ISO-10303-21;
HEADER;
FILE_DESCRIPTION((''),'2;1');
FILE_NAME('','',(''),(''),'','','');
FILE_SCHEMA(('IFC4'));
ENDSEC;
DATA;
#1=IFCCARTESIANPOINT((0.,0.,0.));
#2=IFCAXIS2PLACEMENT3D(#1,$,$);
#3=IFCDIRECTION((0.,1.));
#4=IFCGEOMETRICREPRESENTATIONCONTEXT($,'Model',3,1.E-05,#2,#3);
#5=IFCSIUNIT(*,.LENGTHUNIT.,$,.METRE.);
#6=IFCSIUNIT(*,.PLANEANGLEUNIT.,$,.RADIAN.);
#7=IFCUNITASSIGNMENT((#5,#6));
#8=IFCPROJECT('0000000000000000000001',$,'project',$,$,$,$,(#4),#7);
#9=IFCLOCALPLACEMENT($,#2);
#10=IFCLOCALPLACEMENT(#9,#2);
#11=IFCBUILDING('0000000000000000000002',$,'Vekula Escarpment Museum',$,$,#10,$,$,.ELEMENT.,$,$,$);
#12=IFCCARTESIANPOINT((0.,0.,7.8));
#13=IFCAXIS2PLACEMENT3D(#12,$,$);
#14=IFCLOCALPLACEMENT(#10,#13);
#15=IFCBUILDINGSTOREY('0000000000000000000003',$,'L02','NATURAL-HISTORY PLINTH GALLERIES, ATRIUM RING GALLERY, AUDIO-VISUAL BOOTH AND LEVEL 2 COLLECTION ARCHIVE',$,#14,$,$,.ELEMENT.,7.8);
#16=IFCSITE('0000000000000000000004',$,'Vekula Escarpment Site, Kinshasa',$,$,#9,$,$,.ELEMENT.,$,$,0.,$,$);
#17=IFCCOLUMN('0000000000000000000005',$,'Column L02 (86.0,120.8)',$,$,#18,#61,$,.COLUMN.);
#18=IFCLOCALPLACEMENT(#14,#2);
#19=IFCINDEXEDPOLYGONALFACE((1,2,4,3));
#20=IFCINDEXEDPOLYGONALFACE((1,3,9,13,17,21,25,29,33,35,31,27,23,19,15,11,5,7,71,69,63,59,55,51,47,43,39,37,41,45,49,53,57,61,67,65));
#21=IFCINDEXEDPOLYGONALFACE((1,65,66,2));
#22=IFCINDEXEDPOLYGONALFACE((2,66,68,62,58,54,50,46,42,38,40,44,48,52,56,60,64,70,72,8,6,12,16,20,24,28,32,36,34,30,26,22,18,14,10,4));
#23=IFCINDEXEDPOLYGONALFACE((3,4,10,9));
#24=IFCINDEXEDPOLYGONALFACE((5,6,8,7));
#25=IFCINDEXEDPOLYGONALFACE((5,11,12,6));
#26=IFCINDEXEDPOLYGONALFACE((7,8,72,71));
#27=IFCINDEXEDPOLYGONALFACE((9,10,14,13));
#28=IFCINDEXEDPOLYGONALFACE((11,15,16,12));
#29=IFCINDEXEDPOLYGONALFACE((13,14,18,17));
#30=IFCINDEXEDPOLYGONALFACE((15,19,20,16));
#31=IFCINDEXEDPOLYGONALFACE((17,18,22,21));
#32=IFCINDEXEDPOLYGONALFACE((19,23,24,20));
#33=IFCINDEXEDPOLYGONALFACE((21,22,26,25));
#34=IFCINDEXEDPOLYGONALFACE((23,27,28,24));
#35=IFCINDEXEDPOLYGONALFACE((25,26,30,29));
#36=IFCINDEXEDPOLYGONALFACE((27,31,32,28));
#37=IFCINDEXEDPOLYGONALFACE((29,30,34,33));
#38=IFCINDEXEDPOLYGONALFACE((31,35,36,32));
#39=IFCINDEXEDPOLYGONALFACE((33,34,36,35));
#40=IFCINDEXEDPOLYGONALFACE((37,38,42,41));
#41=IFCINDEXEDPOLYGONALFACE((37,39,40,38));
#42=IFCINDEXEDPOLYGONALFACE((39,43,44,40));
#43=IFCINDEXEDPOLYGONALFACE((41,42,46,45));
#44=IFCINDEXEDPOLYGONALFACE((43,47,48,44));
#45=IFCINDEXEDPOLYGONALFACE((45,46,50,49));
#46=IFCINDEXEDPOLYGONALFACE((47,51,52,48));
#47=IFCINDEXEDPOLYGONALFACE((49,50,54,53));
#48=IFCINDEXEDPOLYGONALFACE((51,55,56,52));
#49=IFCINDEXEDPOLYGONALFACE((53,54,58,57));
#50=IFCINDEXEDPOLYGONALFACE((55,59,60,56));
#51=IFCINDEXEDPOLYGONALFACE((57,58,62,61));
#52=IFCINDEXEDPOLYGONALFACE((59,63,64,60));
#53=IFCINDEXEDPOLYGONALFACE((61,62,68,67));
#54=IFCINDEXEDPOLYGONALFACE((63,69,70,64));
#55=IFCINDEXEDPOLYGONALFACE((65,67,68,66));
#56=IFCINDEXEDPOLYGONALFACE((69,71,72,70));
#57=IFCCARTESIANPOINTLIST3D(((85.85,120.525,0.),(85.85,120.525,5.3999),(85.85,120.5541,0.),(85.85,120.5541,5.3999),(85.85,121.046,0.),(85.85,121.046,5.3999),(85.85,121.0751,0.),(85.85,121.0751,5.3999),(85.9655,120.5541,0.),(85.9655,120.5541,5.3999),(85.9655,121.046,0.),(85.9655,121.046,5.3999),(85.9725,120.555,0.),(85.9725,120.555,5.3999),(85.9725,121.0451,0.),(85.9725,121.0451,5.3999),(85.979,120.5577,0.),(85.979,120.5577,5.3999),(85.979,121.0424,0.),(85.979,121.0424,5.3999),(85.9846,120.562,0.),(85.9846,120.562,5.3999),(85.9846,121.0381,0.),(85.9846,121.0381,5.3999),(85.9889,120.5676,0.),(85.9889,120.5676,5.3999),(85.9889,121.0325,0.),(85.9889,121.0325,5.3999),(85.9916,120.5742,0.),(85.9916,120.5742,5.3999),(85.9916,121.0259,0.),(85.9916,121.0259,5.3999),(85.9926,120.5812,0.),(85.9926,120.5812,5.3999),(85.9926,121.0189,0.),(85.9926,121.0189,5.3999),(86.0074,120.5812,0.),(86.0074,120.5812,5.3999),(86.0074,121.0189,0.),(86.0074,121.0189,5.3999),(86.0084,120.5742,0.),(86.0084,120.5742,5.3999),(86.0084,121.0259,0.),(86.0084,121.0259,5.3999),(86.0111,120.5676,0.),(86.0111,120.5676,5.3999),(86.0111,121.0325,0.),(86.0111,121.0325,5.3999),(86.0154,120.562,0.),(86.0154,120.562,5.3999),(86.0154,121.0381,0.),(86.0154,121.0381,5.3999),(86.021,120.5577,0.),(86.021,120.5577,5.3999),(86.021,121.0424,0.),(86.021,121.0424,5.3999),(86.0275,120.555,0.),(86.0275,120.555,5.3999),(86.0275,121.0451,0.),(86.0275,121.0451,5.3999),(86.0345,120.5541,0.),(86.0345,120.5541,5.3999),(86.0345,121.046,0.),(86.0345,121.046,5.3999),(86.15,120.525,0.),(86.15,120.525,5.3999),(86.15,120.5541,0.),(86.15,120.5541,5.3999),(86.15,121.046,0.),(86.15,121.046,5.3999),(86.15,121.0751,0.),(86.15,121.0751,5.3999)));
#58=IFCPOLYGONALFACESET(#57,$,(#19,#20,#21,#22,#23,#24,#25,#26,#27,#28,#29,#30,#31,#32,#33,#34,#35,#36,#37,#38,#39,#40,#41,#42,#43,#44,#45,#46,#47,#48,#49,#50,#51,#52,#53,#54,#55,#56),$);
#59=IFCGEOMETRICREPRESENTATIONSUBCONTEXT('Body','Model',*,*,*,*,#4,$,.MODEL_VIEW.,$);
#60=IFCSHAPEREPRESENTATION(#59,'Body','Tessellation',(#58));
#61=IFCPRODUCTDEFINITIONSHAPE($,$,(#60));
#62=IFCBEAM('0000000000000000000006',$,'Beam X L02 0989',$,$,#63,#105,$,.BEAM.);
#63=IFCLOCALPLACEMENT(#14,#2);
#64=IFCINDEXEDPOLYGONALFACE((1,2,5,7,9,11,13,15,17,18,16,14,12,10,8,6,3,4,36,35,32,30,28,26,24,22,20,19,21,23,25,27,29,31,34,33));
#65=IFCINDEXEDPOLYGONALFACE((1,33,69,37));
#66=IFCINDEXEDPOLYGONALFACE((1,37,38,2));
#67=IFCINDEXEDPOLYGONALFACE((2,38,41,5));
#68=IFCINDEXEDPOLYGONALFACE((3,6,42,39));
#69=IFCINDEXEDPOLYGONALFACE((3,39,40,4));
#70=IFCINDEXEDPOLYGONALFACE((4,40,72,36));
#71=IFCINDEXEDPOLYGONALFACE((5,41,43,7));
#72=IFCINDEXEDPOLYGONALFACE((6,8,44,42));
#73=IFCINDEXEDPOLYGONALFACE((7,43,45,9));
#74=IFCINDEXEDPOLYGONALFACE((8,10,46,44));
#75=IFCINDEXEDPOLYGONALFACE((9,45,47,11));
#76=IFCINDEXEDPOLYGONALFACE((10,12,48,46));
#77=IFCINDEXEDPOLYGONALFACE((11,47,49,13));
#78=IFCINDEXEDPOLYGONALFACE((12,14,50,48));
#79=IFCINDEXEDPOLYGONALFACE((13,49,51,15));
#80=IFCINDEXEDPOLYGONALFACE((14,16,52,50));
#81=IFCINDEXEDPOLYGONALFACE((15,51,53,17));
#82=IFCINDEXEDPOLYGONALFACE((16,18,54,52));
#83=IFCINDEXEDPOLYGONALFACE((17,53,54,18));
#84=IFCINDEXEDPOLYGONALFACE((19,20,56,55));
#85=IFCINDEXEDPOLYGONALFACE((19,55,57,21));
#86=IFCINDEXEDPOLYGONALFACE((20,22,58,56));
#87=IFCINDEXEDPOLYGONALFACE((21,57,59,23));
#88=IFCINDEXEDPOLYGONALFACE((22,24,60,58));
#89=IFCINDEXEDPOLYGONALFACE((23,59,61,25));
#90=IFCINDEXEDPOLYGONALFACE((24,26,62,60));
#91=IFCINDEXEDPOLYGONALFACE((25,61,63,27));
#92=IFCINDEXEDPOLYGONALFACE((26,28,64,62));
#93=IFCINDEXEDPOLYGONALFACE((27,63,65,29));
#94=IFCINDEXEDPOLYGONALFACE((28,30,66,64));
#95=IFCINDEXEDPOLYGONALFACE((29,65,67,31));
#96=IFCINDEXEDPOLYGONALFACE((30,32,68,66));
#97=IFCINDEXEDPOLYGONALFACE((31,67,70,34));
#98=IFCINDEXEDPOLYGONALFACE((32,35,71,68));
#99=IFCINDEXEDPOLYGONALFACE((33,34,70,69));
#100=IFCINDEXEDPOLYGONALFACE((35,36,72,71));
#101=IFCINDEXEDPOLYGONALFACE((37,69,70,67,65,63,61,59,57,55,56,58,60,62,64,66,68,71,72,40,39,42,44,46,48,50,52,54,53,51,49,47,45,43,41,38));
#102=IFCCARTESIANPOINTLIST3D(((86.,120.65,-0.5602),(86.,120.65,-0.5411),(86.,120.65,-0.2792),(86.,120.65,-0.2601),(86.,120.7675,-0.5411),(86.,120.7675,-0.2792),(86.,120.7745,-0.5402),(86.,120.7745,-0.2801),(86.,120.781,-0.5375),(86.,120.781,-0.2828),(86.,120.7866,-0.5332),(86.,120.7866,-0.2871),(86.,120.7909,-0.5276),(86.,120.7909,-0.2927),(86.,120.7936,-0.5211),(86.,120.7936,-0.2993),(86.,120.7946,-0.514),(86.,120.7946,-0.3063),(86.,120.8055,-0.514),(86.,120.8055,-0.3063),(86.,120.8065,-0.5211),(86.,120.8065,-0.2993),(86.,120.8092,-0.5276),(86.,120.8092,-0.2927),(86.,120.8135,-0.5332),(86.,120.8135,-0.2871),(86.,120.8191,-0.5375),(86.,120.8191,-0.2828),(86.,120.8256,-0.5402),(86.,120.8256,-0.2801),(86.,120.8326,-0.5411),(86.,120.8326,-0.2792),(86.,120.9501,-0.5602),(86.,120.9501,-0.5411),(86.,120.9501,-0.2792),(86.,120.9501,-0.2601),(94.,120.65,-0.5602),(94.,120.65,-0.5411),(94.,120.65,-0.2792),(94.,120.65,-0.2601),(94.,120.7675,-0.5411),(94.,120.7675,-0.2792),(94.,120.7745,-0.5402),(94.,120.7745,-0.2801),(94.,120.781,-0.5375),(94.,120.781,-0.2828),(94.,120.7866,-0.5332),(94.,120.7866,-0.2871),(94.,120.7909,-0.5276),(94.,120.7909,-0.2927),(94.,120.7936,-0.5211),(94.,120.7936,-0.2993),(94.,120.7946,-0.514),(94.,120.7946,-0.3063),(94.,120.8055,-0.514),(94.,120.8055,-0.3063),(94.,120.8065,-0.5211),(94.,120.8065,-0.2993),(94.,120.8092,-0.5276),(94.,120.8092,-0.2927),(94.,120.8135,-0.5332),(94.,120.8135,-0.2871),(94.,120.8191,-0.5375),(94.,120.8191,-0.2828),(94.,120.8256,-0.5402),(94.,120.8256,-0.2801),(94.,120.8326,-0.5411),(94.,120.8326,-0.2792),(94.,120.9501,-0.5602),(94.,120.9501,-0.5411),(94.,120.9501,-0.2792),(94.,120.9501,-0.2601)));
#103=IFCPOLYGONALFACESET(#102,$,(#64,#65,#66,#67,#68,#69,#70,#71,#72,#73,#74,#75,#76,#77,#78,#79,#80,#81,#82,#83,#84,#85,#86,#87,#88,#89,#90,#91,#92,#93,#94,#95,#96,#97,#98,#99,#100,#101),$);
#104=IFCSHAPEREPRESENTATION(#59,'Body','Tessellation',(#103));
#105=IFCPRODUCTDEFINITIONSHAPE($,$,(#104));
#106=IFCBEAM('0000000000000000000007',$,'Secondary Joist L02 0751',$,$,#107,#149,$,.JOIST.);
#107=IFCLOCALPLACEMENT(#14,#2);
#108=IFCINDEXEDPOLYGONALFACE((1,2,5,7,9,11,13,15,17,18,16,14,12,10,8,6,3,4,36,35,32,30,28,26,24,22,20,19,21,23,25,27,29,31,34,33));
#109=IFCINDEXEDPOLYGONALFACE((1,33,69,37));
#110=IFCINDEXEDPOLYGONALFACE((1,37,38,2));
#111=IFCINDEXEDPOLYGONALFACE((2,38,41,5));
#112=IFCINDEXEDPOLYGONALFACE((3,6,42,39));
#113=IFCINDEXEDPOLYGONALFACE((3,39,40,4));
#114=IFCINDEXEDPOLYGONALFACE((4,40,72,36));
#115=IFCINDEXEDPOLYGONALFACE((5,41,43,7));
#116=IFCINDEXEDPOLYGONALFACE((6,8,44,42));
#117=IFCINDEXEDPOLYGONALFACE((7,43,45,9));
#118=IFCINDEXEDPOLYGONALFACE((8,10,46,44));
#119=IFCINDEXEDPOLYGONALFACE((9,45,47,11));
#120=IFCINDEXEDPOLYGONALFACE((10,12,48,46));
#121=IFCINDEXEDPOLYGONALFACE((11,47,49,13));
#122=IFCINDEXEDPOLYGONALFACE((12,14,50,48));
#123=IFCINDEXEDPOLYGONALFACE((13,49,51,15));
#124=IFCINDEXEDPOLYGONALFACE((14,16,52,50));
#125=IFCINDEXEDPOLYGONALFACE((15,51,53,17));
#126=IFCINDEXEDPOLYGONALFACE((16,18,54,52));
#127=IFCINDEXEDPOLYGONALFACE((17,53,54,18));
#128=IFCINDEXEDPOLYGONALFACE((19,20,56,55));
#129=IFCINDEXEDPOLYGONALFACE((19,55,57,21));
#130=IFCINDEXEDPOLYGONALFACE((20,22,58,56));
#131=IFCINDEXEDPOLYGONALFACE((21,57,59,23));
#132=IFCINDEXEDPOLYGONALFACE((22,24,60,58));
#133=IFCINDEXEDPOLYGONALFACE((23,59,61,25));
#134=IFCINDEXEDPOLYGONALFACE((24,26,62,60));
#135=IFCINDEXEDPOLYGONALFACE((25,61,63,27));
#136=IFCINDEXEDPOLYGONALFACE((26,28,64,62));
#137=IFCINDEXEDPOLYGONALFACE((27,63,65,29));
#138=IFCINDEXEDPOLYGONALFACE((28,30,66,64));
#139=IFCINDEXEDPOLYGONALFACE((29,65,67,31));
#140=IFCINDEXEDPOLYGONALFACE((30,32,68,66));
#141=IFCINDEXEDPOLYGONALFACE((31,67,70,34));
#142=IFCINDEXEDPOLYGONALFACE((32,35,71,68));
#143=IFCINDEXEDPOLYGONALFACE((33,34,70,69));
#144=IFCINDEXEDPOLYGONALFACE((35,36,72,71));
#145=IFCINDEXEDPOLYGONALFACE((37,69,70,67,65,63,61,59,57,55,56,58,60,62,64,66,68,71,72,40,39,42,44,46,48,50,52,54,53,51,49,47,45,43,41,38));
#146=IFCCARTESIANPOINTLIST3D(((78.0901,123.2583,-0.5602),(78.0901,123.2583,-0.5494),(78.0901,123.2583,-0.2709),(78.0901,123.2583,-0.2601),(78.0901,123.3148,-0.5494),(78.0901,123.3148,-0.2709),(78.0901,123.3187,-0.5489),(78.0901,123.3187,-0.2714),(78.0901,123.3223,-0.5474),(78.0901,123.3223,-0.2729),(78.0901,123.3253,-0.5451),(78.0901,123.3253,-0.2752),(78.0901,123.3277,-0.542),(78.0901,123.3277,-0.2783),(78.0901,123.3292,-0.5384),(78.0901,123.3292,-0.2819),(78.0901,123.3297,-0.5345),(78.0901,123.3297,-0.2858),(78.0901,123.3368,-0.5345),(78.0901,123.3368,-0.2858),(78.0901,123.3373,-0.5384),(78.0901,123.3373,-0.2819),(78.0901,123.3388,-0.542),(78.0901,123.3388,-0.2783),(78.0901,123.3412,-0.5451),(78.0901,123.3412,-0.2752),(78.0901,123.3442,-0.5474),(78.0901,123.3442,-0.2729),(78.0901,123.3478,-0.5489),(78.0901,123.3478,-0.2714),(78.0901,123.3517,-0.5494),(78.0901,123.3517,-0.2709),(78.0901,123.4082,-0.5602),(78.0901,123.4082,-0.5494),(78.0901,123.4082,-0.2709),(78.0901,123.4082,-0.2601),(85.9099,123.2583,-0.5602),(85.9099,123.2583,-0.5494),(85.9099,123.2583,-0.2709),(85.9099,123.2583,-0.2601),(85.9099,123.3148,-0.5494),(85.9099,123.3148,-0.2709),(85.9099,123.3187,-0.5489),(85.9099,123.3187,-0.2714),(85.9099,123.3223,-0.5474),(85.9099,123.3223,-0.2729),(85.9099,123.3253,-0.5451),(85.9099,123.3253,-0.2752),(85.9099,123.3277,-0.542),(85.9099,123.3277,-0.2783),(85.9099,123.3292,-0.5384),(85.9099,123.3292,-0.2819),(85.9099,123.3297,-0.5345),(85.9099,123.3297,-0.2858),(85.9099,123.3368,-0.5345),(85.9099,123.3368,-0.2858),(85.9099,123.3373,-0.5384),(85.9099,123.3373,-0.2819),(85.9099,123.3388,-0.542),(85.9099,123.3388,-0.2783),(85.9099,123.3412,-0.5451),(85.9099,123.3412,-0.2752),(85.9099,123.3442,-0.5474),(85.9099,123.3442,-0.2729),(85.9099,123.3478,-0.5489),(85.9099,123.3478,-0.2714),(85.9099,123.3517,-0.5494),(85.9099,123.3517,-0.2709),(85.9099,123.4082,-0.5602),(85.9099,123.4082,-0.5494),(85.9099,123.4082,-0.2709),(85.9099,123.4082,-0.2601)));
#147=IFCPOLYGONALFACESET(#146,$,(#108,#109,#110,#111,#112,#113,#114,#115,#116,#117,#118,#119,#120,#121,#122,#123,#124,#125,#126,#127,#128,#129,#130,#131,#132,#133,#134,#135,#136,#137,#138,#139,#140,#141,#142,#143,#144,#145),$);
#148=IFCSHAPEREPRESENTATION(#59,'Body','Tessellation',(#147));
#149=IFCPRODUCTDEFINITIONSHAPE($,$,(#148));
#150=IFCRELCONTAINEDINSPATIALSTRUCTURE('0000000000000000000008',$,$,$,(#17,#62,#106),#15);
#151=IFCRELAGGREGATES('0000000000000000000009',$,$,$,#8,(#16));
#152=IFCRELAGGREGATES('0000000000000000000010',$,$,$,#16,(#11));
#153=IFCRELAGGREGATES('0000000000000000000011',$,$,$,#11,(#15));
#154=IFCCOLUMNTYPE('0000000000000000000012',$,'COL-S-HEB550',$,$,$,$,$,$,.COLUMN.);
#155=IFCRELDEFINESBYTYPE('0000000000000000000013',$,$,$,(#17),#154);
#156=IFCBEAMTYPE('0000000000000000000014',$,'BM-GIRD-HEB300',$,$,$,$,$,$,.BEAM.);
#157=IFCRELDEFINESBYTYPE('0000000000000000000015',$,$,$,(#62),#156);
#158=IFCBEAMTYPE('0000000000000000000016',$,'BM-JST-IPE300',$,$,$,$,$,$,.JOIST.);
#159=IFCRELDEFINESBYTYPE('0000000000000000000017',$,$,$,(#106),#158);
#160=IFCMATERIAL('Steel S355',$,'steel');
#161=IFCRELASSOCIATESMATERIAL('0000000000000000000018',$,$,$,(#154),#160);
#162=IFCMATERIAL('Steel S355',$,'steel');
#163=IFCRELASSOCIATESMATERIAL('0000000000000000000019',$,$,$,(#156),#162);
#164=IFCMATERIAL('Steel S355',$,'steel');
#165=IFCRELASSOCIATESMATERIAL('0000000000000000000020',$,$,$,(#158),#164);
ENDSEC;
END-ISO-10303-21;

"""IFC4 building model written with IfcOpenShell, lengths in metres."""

from ifc_helpers import new_model, si_unit, direction, frame, origin, origin_2d, place, context, subcontext, project, spatial, i_section, extrude, material, material_profile, profile_set, type_object, element, save


model = new_model("IFC4")

# Units and contexts
model_context = context("Model", 3, precision=1e-05, world=origin(), true_north=direction((0.0, 1.0)))
body_context = subcontext(model_context, "Body", "Model", "MODEL_VIEW")
ifc_project = project(units=[si_unit("LENGTHUNIT", "METRE"), si_unit("PLANEANGLEUNIT", "RADIAN")], contexts=[model_context])

# Site, building, storey
site_placement = place(None, origin())
site = spatial("IfcSite", under=ifc_project, at=site_placement, Name="Vekula Escarpment Site, Kinshasa", CompositionType="ELEMENT", RefElevation=0.0)
building_placement = place(site_placement, origin())
building = spatial("IfcBuilding", under=site, at=building_placement, Name="Vekula Escarpment Museum", CompositionType="ELEMENT")
storey_placement = place(building_placement, frame((0.0, 0.0, 7.8)))
storey = spatial("IfcBuildingStorey", under=building, at=storey_placement, Name="L02", Description="NATURAL-HISTORY PLINTH GALLERIES, ATRIUM RING GALLERY, AUDIO-VISUAL BOOTH AND LEVEL 2 COLLECTION ARCHIVE", CompositionType="ELEMENT", Elevation=7.8)

# Column
ifc_material_1 = material(Name="Steel S355", Category="steel")
ifc_material_profile_1 = material_profile(ifc_material_1, i_section(OverallWidth=0.3, OverallDepth=0.55, WebThickness=0.0149, FlangeThickness=0.0291, FilletRadius=0.0271, at=origin_2d()), Name="HEB 550")
ifc_profile_set_1 = profile_set([ifc_material_profile_1], Name="Steel S355")
column_type = type_object("IfcColumnType", Name="COL-S-HEB550", PredefinedType="COLUMN", material=ifc_profile_set_1)
column_placement = place(storey_placement, frame((86.0, 120.8, 0.0), z_axis=(0.0, 0.0, 1.0), x_axis=(1.0, 0.0, 0.0)))
element("IfcColumn", 1, at=column_placement, inside=storey, type_object=column_type, Name="Column L02 (86.0,120.8)", PredefinedType="COLUMN", context=body_context, shape_type="SweptSolid", body=[
    extrude(i_section(OverallWidth=0.3, OverallDepth=0.55, WebThickness=0.0149, FlangeThickness=0.0291, FilletRadius=0.0271, at=origin_2d()), origin(), (0.0, 0.0, 1.0), 5.3999),
])

# Beams
ifc_material_2 = material(Name="Steel S355", Category="steel")
ifc_material_profile_2 = material_profile(ifc_material_2, i_section(OverallWidth=0.3, OverallDepth=0.3, WebThickness=0.011, FlangeThickness=0.019, FilletRadius=0.0271, at=origin_2d()), Name="HEB 300")
ifc_profile_set_2 = profile_set([ifc_material_profile_2], Name="Steel S355")
beam_type_1 = type_object("IfcBeamType", Name="BM-GIRD-HEB300", PredefinedType="BEAM", material=ifc_profile_set_2)
beam_1_placement = place(storey_placement, frame((86.0, 120.8, -0.4102), z_axis=(1.0, 0.0, 0.0), x_axis=(0.0, 1.0, 0.0)))
element("IfcBeam", 2, at=beam_1_placement, inside=storey, type_object=beam_type_1, Name="Beam X L02 0989", PredefinedType="BEAM", context=body_context, shape_type="SweptSolid", body=[
    extrude(i_section(OverallWidth=0.3, OverallDepth=0.3, WebThickness=0.011, FlangeThickness=0.019, FilletRadius=0.0271, at=origin_2d()), origin(), (0.0, 0.0, 1.0), 8.0),
])
ifc_material_3 = material(Name="Steel S355", Category="steel")
ifc_material_profile_3 = material_profile(ifc_material_3, i_section(OverallWidth=0.1499, OverallDepth=0.3, WebThickness=0.0071, FlangeThickness=0.0107, FilletRadius=0.0149, at=origin_2d()), Name="IPE 300")
ifc_profile_set_3 = profile_set([ifc_material_profile_3], Name="Steel S355")
beam_type_2 = type_object("IfcBeamType", Name="BM-JST-IPE300", PredefinedType="JOIST", material=ifc_profile_set_3)
beam_2_placement = place(storey_placement, frame((78.0901, 123.3333, -0.4102), z_axis=(1.0, 0.0, 0.0), x_axis=(0.0, 1.0, 0.0)))
element("IfcBeam", 3, at=beam_2_placement, inside=storey, type_object=beam_type_2, Name="Secondary Joist L02 0751", PredefinedType="JOIST", context=body_context, shape_type="SweptSolid", body=[
    extrude(i_section(OverallWidth=0.1499, OverallDepth=0.3, WebThickness=0.0071, FlangeThickness=0.0107, FilletRadius=0.0149, at=origin_2d()), origin(), (0.0, 0.0, 1.0), 7.8198),
])

save(model, "model.ifc")
